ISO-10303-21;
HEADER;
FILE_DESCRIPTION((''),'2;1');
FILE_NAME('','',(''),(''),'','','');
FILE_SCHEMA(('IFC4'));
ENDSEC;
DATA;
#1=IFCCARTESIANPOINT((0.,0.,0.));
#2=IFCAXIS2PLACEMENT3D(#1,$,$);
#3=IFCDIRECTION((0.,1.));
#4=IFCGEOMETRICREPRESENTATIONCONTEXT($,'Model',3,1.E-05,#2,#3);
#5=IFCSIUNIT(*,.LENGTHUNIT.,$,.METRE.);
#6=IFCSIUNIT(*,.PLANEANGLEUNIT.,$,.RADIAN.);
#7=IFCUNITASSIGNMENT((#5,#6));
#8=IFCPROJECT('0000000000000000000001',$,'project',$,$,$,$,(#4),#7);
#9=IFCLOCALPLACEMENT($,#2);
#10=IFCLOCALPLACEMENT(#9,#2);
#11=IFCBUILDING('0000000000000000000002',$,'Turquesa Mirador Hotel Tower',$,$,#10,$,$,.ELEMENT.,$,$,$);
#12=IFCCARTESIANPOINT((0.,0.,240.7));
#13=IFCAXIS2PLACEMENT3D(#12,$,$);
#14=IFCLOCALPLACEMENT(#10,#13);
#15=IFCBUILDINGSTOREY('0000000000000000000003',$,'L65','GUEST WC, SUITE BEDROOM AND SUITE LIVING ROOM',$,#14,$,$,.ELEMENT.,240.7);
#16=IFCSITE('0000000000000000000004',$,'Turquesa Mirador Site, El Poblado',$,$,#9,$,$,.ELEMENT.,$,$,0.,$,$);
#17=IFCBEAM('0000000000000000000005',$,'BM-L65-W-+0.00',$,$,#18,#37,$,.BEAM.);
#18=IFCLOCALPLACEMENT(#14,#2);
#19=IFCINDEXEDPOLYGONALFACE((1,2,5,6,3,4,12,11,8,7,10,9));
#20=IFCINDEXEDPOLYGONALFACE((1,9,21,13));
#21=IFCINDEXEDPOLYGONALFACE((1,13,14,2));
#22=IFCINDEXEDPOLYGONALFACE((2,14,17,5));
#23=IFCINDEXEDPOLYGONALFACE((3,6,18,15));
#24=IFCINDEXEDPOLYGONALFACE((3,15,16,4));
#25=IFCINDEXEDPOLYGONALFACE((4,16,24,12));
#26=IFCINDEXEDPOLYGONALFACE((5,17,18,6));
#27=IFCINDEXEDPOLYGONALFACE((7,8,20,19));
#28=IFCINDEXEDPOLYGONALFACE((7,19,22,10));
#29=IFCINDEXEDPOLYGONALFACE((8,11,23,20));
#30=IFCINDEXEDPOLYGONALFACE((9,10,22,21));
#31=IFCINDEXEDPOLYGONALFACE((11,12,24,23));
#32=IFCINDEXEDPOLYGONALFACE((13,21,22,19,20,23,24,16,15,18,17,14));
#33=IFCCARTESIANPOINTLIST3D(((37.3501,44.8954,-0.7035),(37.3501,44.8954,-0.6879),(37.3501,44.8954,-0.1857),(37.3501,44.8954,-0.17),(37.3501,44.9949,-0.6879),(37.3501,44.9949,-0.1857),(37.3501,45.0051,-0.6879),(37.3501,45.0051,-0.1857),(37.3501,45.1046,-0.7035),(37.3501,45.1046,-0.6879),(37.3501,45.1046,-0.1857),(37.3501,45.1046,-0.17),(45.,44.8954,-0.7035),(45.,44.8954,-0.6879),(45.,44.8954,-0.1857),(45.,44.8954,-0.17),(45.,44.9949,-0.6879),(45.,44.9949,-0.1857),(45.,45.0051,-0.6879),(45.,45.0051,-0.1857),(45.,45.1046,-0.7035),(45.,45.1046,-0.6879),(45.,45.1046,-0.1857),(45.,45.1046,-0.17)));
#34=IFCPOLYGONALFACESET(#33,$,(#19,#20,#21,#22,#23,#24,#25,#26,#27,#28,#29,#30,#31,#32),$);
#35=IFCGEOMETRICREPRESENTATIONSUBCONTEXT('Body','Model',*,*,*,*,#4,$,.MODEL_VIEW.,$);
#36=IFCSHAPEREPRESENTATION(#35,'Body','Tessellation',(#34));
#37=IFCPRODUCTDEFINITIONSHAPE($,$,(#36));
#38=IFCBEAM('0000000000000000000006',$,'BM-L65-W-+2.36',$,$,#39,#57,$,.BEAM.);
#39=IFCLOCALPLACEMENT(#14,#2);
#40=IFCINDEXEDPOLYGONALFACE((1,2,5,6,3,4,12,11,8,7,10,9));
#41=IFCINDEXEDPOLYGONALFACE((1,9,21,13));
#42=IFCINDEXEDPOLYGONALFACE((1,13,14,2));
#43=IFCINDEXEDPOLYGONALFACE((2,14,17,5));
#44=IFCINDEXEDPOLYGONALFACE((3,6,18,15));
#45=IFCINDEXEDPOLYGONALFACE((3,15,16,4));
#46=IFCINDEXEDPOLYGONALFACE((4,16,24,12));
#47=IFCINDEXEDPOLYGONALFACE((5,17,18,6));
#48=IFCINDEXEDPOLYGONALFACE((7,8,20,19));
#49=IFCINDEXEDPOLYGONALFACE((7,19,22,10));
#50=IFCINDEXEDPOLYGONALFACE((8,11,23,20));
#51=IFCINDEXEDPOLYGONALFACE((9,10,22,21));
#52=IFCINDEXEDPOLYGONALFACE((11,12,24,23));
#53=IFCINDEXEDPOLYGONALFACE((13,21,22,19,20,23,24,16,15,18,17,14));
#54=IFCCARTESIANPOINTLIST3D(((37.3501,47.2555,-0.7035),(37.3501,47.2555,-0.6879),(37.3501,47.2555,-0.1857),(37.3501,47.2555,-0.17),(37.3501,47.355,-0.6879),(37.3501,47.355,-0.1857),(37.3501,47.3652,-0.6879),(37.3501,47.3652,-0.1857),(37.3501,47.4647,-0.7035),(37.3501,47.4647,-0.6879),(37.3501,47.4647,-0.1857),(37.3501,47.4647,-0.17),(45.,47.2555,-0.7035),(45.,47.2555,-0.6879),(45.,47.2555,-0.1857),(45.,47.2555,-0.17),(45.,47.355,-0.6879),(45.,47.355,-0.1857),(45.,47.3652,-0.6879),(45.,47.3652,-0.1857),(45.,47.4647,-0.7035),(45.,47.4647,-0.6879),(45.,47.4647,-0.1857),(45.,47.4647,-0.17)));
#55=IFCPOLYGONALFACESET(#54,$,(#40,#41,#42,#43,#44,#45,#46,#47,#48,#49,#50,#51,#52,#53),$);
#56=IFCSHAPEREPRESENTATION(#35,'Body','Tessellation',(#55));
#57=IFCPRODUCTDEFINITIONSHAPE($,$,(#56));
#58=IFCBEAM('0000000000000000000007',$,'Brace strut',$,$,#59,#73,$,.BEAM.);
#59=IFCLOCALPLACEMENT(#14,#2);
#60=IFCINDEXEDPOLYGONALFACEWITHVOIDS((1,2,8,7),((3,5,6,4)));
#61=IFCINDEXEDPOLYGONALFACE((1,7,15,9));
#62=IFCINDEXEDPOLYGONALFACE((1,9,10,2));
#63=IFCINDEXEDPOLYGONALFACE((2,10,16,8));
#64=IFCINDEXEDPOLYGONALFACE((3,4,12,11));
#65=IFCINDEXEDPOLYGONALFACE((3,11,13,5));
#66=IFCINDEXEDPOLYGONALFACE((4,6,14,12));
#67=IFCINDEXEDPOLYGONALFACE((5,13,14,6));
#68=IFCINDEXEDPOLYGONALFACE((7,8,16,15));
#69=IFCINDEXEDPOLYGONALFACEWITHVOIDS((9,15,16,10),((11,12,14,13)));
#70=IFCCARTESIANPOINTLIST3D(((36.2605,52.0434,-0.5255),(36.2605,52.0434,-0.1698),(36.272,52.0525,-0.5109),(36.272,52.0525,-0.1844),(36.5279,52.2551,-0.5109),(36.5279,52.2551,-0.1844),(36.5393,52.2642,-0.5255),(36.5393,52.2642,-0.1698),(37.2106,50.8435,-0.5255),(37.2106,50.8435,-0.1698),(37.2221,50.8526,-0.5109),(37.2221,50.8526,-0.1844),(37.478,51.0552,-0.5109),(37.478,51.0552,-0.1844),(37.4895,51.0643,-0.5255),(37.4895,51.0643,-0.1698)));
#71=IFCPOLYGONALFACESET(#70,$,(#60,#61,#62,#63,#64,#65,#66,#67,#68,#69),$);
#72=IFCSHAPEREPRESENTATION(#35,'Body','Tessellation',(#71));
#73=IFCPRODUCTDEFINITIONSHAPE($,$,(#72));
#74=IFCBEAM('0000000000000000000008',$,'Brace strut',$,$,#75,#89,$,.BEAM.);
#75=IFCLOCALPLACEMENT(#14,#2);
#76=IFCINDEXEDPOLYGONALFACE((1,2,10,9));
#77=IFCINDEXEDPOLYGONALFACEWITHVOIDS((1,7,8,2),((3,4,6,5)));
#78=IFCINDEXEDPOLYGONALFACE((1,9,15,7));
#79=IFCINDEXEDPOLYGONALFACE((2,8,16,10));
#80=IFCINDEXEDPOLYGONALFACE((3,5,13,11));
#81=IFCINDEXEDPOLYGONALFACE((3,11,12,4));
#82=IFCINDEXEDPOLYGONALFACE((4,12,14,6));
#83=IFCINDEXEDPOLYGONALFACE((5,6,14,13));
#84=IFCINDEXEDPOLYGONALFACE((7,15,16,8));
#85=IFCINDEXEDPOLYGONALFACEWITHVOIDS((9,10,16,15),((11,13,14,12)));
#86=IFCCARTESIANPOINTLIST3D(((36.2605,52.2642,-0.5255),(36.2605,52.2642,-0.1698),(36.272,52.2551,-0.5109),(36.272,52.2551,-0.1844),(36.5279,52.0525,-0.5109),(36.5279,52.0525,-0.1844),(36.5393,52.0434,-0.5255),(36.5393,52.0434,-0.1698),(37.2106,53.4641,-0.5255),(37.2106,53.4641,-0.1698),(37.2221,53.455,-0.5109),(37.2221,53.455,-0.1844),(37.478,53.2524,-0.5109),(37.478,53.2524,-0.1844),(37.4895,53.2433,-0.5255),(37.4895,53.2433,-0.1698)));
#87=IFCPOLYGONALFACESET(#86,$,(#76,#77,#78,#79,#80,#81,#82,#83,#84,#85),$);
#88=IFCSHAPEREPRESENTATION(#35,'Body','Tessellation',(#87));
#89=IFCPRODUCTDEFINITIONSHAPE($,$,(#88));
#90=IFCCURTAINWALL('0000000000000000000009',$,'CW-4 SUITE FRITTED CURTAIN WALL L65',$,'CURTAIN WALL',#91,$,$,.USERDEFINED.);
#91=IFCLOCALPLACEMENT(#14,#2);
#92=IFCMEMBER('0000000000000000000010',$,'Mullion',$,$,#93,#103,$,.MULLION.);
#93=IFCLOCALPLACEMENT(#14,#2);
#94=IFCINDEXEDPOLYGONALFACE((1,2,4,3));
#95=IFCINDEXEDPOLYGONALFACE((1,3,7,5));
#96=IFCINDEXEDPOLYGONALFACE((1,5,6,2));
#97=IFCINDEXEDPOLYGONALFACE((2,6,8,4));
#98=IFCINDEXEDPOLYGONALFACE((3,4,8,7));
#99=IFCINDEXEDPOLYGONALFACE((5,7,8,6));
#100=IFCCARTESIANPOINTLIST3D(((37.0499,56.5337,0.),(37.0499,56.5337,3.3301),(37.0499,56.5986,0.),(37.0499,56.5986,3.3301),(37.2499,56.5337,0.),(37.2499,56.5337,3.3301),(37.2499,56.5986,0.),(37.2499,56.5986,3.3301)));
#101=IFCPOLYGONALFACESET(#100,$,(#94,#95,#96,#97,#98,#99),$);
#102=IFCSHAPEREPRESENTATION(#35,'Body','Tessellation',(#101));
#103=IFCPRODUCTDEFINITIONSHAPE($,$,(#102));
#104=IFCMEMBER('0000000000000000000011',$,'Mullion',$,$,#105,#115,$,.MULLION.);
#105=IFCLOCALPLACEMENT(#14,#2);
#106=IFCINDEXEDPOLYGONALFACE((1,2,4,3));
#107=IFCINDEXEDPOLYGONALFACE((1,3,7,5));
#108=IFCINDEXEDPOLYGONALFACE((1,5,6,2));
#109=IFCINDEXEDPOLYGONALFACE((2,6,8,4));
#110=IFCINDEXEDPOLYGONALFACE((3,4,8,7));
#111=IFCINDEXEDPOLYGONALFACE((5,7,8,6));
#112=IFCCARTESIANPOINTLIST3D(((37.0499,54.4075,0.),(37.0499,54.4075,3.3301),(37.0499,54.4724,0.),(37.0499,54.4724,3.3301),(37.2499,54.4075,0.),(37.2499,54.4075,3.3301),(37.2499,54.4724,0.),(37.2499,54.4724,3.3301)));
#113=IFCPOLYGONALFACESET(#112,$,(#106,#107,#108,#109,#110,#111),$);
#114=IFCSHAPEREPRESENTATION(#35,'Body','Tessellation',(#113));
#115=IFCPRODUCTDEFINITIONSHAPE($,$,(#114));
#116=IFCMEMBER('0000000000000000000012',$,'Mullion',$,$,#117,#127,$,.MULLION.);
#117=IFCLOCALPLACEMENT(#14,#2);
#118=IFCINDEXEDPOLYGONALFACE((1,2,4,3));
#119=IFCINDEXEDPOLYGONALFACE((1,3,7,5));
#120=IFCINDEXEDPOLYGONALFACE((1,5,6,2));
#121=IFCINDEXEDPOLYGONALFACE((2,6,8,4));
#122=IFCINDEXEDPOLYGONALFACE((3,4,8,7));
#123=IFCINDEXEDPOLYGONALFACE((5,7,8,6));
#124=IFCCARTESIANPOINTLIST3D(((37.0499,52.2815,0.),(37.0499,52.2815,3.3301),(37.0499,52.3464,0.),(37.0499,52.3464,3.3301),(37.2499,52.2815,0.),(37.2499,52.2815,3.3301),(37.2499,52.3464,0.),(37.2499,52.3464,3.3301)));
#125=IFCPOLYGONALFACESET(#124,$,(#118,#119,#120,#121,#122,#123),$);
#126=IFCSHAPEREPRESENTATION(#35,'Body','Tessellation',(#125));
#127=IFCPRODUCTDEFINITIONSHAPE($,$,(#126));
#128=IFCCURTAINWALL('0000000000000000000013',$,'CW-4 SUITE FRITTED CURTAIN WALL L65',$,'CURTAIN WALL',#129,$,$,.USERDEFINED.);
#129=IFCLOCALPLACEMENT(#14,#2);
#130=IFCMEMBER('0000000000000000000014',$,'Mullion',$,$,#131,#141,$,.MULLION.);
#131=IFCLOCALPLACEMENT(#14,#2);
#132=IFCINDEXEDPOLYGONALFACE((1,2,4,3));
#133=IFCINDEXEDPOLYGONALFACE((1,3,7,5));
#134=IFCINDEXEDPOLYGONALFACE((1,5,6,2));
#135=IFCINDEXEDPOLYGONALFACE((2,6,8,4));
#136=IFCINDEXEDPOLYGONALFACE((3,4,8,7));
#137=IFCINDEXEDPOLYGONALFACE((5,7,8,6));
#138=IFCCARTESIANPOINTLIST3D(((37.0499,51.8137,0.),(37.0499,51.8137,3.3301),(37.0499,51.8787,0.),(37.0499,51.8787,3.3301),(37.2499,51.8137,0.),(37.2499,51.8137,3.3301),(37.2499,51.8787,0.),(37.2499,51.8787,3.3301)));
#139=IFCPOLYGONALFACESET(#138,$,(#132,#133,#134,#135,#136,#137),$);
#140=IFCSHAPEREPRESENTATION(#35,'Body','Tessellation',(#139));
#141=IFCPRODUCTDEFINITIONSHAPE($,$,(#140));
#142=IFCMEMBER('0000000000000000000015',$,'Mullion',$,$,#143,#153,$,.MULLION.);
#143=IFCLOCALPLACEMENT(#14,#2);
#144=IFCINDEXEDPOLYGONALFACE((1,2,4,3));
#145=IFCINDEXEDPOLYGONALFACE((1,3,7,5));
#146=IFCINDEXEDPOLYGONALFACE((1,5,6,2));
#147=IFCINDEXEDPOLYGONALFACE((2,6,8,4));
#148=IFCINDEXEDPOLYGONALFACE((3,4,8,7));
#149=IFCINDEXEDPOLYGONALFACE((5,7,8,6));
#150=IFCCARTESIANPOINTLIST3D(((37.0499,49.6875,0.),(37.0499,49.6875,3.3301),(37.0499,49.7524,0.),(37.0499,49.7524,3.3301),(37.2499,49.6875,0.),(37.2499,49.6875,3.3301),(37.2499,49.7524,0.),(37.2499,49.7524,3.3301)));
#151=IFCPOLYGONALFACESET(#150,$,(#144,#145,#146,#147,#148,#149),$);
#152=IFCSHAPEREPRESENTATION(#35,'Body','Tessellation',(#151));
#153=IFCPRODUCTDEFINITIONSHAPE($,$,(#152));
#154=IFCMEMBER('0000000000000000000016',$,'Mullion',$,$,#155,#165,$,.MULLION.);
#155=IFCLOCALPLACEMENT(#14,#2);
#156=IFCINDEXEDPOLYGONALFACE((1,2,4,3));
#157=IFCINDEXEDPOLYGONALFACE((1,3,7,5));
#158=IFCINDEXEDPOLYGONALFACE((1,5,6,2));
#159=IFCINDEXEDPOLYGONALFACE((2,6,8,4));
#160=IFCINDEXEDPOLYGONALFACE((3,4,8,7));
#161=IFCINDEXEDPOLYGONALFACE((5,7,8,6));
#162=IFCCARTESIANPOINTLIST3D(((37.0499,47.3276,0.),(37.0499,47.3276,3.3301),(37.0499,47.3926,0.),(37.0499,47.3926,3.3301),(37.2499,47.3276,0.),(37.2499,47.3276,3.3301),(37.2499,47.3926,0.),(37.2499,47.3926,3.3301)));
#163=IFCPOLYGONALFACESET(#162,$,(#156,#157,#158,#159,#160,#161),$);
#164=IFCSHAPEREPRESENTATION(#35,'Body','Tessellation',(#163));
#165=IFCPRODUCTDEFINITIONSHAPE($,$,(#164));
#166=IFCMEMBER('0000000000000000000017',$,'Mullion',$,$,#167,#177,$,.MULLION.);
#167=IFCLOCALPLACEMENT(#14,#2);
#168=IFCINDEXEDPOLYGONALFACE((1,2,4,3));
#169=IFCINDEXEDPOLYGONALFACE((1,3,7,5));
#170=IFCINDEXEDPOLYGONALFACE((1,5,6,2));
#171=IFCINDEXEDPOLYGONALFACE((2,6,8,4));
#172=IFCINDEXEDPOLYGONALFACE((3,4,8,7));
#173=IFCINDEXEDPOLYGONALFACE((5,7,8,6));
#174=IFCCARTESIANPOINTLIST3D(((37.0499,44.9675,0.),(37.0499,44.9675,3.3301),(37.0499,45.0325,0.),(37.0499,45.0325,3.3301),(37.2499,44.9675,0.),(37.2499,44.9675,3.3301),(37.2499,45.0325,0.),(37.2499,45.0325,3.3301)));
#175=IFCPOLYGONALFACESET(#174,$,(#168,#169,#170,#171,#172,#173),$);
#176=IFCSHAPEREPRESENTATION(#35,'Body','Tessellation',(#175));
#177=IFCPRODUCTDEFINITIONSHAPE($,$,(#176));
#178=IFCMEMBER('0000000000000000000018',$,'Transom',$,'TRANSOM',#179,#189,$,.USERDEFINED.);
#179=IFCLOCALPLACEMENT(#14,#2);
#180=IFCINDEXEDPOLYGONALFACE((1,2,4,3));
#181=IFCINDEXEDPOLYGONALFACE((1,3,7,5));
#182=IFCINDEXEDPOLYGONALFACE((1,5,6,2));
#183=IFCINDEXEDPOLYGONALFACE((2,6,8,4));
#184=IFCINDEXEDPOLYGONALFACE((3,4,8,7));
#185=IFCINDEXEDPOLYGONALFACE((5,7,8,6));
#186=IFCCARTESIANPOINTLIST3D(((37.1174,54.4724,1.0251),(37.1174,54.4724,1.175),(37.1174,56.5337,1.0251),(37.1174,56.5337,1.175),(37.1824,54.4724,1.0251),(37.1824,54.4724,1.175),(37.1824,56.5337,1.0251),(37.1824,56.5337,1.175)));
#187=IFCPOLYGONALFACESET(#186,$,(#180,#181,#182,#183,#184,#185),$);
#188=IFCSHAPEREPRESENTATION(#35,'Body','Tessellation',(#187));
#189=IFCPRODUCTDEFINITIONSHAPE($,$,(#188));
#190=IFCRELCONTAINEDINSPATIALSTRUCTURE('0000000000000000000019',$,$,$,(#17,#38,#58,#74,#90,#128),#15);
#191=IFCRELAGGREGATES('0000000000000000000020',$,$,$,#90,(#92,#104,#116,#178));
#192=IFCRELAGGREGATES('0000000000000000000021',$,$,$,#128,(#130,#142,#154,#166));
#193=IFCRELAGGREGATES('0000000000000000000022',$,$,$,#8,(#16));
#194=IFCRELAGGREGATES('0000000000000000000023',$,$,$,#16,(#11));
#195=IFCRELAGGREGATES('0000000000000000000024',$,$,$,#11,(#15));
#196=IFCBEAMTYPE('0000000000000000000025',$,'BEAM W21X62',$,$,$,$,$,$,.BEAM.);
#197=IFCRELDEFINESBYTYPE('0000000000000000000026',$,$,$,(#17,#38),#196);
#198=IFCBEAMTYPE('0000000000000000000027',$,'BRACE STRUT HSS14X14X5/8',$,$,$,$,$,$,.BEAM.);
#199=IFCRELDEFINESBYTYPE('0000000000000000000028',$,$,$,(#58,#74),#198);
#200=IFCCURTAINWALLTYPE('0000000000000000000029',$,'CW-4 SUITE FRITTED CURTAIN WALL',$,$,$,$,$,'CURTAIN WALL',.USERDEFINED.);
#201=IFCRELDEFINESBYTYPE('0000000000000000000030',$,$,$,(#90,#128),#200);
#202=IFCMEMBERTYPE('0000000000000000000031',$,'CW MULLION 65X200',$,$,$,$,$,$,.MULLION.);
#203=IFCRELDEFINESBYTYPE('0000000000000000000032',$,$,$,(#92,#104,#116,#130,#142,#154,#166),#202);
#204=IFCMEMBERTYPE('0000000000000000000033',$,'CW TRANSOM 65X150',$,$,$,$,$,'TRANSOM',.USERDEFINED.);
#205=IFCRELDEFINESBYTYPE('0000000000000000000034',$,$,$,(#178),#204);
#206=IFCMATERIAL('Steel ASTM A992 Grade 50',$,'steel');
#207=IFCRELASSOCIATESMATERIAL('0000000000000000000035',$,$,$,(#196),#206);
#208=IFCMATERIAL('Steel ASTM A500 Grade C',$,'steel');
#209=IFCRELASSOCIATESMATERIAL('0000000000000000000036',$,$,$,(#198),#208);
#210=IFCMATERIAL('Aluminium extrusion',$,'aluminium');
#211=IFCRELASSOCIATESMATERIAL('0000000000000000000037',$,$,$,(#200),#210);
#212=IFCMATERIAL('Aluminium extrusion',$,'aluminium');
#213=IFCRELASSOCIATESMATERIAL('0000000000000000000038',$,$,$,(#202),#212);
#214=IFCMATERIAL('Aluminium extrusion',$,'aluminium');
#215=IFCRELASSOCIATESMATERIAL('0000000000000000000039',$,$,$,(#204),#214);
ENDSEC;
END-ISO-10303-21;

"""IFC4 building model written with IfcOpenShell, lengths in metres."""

from ifc_helpers import new_model, si_unit, direction, frame, origin, origin_2d, place, context, subcontext, project, spatial, rectangle, hollow_rectangle, i_section, extrude, material, material_profile, profile_set, type_object, element, aggregate, save


model = new_model("IFC4")

# Units and contexts
model_context = context("Model", 3, precision=1e-05, world=origin(), true_north=direction((0.0, 1.0)))
body_context = subcontext(model_context, "Body", "Model", "MODEL_VIEW")
ifc_project = project(units=[si_unit("LENGTHUNIT", "METRE"), si_unit("PLANEANGLEUNIT", "RADIAN")], contexts=[model_context])

# Site, building, storey
site_placement = place(None, origin())
site = spatial("IfcSite", under=ifc_project, at=site_placement, Name="Turquesa Mirador Site, El Poblado", CompositionType="ELEMENT", RefElevation=0.0)
building_placement = place(site_placement, origin())
building = spatial("IfcBuilding", under=site, at=building_placement, Name="Turquesa Mirador Hotel Tower", CompositionType="ELEMENT")
storey_placement = place(building_placement, frame((0.0, 0.0, 240.7)))
storey = spatial("IfcBuildingStorey", under=building, at=storey_placement, Name="L65", Description="GUEST WC, SUITE BEDROOM AND SUITE LIVING ROOM", CompositionType="ELEMENT", Elevation=240.7)

# Beams
ifc_material_1 = material(Name="Steel ASTM A992 Grade 50", Category="steel")
ifc_material_profile_1 = material_profile(ifc_material_1, i_section(OverallWidth=0.2092, OverallDepth=0.5334, WebThickness=0.0103, FlangeThickness=0.0156, at=origin_2d()), Name="W21X62")
ifc_profile_set_1 = profile_set([ifc_material_profile_1], Name="Steel ASTM A992 Grade 50")
beam_type_1 = type_object("IfcBeamType", Name="BEAM W21X62", PredefinedType="BEAM", material=ifc_profile_set_1)
for number, where, z_axis, x_axis, name in (
    (1, (37.3501, 45.0, -0.4368), (1.0, 0.0, 0.0), (0.0, 1.0, 0.0), "BM-L65-W-+0.00"),
    (2, (37.3501, 47.3601, -0.4368), (1.0, 0.0, 0.0), (0.0, 1.0, 0.0), "BM-L65-W-+2.36"),
):
    element("IfcBeam", number, at=place(storey_placement, frame(where, z_axis=z_axis, x_axis=x_axis)), inside=storey, type_object=beam_type_1, Name=name, PredefinedType="BEAM", context=body_context, shape_type="SweptSolid", body=[
        extrude(i_section(OverallWidth=0.2092, OverallDepth=0.5334, WebThickness=0.0103, FlangeThickness=0.0156, at=origin_2d()), origin(), (0.0, 0.0, 1.0), 7.6499),
    ])
ifc_material_2 = material(Name="Steel ASTM A500 Grade C", Category="steel")
ifc_material_profile_2 = material_profile(ifc_material_2, hollow_rectangle(XDim=0.3557, YDim=0.3557, WallThickness=0.0146, at=origin_2d()), Name="HSS14X14X5/8")
ifc_profile_set_2 = profile_set([ifc_material_profile_2], Name="Steel ASTM A500 Grade C")
beam_type_2 = type_object("IfcBeamType", Name="BRACE STRUT HSS14X14X5/8", PredefinedType="BEAM", material=ifc_profile_set_2)
for number, where, z_axis, x_axis, name in (
    (3, (36.3999, 52.1538, -0.3477), (0.620797, -0.783971, 0.0), (0.783971, 0.620797, 0.0), "Brace strut"),
    (4, (36.3999, 52.1538, -0.3477), (0.620797, 0.783971, 0.0), (-0.783971, 0.620797, 0.0), "Brace strut"),
):
    element("IfcBeam", number, at=place(storey_placement, frame(where, z_axis=z_axis, x_axis=x_axis)), inside=storey, type_object=beam_type_2, Name=name, PredefinedType="BEAM", context=body_context, shape_type="SweptSolid", body=[
        extrude(hollow_rectangle(XDim=0.3557, YDim=0.3557, WallThickness=0.0146, at=origin_2d()), origin(), (0.0, 0.0, 1.0), 1.5305),
    ])

# Curtain walls, members
ifc_material_3 = material(Name="Aluminium extrusion", Category="aluminium")
curtain_wall_type = type_object("IfcCurtainWallType", Name="CW-4 SUITE FRITTED CURTAIN WALL", ElementType="CURTAIN WALL", PredefinedType="USERDEFINED", material=ifc_material_3)
curtain_wall_1_placement = place(storey_placement, origin())
curtain_wall_1 = element("IfcCurtainWall", 5, at=curtain_wall_1_placement, inside=storey, type_object=curtain_wall_type, Name="CW-4 SUITE FRITTED CURTAIN WALL L65", ObjectType="CURTAIN WALL", PredefinedType="USERDEFINED")
ifc_material_4 = material(Name="Aluminium extrusion", Category="aluminium")
ifc_material_profile_3 = material_profile(ifc_material_4, rectangle(XDim=0.0649, YDim=0.2, at=origin_2d()), Name="MULLION 65X200")
ifc_profile_set_3 = profile_set([ifc_material_profile_3], Name="Aluminium extrusion")
member_type_1 = type_object("IfcMemberType", Name="CW MULLION 65X200", PredefinedType="MULLION", material=ifc_profile_set_3)
member_1_placement = place(storey_placement, frame((37.1499, 56.5662, 0.0), z_axis=(0.0, 0.0, 1.0), x_axis=(0.0, -1.0, 0.0)))
member_1 = element("IfcMember", 6, at=member_1_placement, type_object=member_type_1, Name="Mullion", PredefinedType="MULLION", context=body_context, shape_type="SweptSolid", body=[
    extrude(rectangle(XDim=0.0649, YDim=0.2, at=origin_2d()), origin(), (0.0, 0.0, 1.0), 3.3301),
])
member_2_placement = place(storey_placement, frame((37.1499, 54.4399, 0.0), z_axis=(0.0, 0.0, 1.0), x_axis=(0.0, -1.0, 0.0)))
member_2 = element("IfcMember", 7, at=member_2_placement, type_object=member_type_1, Name="Mullion", PredefinedType="MULLION", context=body_context, shape_type="SweptSolid", body=[
    extrude(rectangle(XDim=0.0649, YDim=0.2, at=origin_2d()), origin(), (0.0, 0.0, 1.0), 3.3301),
])
member_3_placement = place(storey_placement, frame((37.1499, 52.314, 0.0), z_axis=(0.0, 0.0, 1.0), x_axis=(0.0, -1.0, 0.0)))
member_3 = element("IfcMember", 8, at=member_3_placement, type_object=member_type_1, Name="Mullion", PredefinedType="MULLION", context=body_context, shape_type="SweptSolid", body=[
    extrude(rectangle(XDim=0.0649, YDim=0.2, at=origin_2d()), origin(), (0.0, 0.0, 1.0), 3.3301),
])
curtain_wall_2_placement = place(storey_placement, origin())
curtain_wall_2 = element("IfcCurtainWall", 9, at=curtain_wall_2_placement, inside=storey, type_object=curtain_wall_type, Name="CW-4 SUITE FRITTED CURTAIN WALL L65", ObjectType="CURTAIN WALL", PredefinedType="USERDEFINED")
member_4_placement = place(storey_placement, frame((37.1499, 51.8462, 0.0), z_axis=(0.0, 0.0, 1.0), x_axis=(0.0, -1.0, 0.0)))
member_4 = element("IfcMember", 10, at=member_4_placement, type_object=member_type_1, Name="Mullion", PredefinedType="MULLION", context=body_context, shape_type="SweptSolid", body=[
    extrude(rectangle(XDim=0.0649, YDim=0.2, at=origin_2d()), origin(), (0.0, 0.0, 1.0), 3.3301),
])
member_5_placement = place(storey_placement, frame((37.1499, 49.72, 0.0), z_axis=(0.0, 0.0, 1.0), x_axis=(0.0, -1.0, 0.0)))
member_5 = element("IfcMember", 11, at=member_5_placement, type_object=member_type_1, Name="Mullion", PredefinedType="MULLION", context=body_context, shape_type="SweptSolid", body=[
    extrude(rectangle(XDim=0.0649, YDim=0.2, at=origin_2d()), origin(), (0.0, 0.0, 1.0), 3.3301),
])
member_6_placement = place(storey_placement, frame((37.1499, 47.3601, 0.0), z_axis=(0.0, 0.0, 1.0), x_axis=(0.0, -1.0, 0.0)))
member_6 = element("IfcMember", 12, at=member_6_placement, type_object=member_type_1, Name="Mullion", PredefinedType="MULLION", context=body_context, shape_type="SweptSolid", body=[
    extrude(rectangle(XDim=0.0649, YDim=0.2, at=origin_2d()), origin(), (0.0, 0.0, 1.0), 3.3301),
])
member_7_placement = place(storey_placement, frame((37.1499, 45.0, 0.0), z_axis=(0.0, 0.0, 1.0), x_axis=(0.0, -1.0, 0.0)))
member_7 = element("IfcMember", 13, at=member_7_placement, type_object=member_type_1, Name="Mullion", PredefinedType="MULLION", context=body_context, shape_type="SweptSolid", body=[
    extrude(rectangle(XDim=0.0649, YDim=0.2, at=origin_2d()), origin(), (0.0, 0.0, 1.0), 3.3301),
])

# Member
ifc_material_5 = material(Name="Aluminium extrusion", Category="aluminium")
ifc_material_profile_4 = material_profile(ifc_material_5, rectangle(XDim=0.0649, YDim=0.1499, at=origin_2d()), Name="TRANSOM 65X150")
ifc_profile_set_4 = profile_set([ifc_material_profile_4], Name="Aluminium extrusion")
member_type_2 = type_object("IfcMemberType", Name="CW TRANSOM 65X150", ElementType="TRANSOM", PredefinedType="USERDEFINED", material=ifc_profile_set_4)
member_8_placement = place(storey_placement, frame((37.1499, 56.5337, 1.1001), z_axis=(0.0, -1.0, 0.0), x_axis=(1.0, 0.0, 0.0)))
member_8 = element("IfcMember", 14, at=member_8_placement, type_object=member_type_2, Name="Transom", ObjectType="TRANSOM", PredefinedType="USERDEFINED", context=body_context, shape_type="SweptSolid", body=[
    extrude(rectangle(XDim=0.0649, YDim=0.1499, at=origin_2d()), origin(), (0.0, 0.0, 1.0), 2.0613),
])

aggregate(curtain_wall_1, [member_1, member_2, member_3, member_8])
aggregate(curtain_wall_2, [member_4, member_5, member_6, member_7])

save(model, "model.ifc")
